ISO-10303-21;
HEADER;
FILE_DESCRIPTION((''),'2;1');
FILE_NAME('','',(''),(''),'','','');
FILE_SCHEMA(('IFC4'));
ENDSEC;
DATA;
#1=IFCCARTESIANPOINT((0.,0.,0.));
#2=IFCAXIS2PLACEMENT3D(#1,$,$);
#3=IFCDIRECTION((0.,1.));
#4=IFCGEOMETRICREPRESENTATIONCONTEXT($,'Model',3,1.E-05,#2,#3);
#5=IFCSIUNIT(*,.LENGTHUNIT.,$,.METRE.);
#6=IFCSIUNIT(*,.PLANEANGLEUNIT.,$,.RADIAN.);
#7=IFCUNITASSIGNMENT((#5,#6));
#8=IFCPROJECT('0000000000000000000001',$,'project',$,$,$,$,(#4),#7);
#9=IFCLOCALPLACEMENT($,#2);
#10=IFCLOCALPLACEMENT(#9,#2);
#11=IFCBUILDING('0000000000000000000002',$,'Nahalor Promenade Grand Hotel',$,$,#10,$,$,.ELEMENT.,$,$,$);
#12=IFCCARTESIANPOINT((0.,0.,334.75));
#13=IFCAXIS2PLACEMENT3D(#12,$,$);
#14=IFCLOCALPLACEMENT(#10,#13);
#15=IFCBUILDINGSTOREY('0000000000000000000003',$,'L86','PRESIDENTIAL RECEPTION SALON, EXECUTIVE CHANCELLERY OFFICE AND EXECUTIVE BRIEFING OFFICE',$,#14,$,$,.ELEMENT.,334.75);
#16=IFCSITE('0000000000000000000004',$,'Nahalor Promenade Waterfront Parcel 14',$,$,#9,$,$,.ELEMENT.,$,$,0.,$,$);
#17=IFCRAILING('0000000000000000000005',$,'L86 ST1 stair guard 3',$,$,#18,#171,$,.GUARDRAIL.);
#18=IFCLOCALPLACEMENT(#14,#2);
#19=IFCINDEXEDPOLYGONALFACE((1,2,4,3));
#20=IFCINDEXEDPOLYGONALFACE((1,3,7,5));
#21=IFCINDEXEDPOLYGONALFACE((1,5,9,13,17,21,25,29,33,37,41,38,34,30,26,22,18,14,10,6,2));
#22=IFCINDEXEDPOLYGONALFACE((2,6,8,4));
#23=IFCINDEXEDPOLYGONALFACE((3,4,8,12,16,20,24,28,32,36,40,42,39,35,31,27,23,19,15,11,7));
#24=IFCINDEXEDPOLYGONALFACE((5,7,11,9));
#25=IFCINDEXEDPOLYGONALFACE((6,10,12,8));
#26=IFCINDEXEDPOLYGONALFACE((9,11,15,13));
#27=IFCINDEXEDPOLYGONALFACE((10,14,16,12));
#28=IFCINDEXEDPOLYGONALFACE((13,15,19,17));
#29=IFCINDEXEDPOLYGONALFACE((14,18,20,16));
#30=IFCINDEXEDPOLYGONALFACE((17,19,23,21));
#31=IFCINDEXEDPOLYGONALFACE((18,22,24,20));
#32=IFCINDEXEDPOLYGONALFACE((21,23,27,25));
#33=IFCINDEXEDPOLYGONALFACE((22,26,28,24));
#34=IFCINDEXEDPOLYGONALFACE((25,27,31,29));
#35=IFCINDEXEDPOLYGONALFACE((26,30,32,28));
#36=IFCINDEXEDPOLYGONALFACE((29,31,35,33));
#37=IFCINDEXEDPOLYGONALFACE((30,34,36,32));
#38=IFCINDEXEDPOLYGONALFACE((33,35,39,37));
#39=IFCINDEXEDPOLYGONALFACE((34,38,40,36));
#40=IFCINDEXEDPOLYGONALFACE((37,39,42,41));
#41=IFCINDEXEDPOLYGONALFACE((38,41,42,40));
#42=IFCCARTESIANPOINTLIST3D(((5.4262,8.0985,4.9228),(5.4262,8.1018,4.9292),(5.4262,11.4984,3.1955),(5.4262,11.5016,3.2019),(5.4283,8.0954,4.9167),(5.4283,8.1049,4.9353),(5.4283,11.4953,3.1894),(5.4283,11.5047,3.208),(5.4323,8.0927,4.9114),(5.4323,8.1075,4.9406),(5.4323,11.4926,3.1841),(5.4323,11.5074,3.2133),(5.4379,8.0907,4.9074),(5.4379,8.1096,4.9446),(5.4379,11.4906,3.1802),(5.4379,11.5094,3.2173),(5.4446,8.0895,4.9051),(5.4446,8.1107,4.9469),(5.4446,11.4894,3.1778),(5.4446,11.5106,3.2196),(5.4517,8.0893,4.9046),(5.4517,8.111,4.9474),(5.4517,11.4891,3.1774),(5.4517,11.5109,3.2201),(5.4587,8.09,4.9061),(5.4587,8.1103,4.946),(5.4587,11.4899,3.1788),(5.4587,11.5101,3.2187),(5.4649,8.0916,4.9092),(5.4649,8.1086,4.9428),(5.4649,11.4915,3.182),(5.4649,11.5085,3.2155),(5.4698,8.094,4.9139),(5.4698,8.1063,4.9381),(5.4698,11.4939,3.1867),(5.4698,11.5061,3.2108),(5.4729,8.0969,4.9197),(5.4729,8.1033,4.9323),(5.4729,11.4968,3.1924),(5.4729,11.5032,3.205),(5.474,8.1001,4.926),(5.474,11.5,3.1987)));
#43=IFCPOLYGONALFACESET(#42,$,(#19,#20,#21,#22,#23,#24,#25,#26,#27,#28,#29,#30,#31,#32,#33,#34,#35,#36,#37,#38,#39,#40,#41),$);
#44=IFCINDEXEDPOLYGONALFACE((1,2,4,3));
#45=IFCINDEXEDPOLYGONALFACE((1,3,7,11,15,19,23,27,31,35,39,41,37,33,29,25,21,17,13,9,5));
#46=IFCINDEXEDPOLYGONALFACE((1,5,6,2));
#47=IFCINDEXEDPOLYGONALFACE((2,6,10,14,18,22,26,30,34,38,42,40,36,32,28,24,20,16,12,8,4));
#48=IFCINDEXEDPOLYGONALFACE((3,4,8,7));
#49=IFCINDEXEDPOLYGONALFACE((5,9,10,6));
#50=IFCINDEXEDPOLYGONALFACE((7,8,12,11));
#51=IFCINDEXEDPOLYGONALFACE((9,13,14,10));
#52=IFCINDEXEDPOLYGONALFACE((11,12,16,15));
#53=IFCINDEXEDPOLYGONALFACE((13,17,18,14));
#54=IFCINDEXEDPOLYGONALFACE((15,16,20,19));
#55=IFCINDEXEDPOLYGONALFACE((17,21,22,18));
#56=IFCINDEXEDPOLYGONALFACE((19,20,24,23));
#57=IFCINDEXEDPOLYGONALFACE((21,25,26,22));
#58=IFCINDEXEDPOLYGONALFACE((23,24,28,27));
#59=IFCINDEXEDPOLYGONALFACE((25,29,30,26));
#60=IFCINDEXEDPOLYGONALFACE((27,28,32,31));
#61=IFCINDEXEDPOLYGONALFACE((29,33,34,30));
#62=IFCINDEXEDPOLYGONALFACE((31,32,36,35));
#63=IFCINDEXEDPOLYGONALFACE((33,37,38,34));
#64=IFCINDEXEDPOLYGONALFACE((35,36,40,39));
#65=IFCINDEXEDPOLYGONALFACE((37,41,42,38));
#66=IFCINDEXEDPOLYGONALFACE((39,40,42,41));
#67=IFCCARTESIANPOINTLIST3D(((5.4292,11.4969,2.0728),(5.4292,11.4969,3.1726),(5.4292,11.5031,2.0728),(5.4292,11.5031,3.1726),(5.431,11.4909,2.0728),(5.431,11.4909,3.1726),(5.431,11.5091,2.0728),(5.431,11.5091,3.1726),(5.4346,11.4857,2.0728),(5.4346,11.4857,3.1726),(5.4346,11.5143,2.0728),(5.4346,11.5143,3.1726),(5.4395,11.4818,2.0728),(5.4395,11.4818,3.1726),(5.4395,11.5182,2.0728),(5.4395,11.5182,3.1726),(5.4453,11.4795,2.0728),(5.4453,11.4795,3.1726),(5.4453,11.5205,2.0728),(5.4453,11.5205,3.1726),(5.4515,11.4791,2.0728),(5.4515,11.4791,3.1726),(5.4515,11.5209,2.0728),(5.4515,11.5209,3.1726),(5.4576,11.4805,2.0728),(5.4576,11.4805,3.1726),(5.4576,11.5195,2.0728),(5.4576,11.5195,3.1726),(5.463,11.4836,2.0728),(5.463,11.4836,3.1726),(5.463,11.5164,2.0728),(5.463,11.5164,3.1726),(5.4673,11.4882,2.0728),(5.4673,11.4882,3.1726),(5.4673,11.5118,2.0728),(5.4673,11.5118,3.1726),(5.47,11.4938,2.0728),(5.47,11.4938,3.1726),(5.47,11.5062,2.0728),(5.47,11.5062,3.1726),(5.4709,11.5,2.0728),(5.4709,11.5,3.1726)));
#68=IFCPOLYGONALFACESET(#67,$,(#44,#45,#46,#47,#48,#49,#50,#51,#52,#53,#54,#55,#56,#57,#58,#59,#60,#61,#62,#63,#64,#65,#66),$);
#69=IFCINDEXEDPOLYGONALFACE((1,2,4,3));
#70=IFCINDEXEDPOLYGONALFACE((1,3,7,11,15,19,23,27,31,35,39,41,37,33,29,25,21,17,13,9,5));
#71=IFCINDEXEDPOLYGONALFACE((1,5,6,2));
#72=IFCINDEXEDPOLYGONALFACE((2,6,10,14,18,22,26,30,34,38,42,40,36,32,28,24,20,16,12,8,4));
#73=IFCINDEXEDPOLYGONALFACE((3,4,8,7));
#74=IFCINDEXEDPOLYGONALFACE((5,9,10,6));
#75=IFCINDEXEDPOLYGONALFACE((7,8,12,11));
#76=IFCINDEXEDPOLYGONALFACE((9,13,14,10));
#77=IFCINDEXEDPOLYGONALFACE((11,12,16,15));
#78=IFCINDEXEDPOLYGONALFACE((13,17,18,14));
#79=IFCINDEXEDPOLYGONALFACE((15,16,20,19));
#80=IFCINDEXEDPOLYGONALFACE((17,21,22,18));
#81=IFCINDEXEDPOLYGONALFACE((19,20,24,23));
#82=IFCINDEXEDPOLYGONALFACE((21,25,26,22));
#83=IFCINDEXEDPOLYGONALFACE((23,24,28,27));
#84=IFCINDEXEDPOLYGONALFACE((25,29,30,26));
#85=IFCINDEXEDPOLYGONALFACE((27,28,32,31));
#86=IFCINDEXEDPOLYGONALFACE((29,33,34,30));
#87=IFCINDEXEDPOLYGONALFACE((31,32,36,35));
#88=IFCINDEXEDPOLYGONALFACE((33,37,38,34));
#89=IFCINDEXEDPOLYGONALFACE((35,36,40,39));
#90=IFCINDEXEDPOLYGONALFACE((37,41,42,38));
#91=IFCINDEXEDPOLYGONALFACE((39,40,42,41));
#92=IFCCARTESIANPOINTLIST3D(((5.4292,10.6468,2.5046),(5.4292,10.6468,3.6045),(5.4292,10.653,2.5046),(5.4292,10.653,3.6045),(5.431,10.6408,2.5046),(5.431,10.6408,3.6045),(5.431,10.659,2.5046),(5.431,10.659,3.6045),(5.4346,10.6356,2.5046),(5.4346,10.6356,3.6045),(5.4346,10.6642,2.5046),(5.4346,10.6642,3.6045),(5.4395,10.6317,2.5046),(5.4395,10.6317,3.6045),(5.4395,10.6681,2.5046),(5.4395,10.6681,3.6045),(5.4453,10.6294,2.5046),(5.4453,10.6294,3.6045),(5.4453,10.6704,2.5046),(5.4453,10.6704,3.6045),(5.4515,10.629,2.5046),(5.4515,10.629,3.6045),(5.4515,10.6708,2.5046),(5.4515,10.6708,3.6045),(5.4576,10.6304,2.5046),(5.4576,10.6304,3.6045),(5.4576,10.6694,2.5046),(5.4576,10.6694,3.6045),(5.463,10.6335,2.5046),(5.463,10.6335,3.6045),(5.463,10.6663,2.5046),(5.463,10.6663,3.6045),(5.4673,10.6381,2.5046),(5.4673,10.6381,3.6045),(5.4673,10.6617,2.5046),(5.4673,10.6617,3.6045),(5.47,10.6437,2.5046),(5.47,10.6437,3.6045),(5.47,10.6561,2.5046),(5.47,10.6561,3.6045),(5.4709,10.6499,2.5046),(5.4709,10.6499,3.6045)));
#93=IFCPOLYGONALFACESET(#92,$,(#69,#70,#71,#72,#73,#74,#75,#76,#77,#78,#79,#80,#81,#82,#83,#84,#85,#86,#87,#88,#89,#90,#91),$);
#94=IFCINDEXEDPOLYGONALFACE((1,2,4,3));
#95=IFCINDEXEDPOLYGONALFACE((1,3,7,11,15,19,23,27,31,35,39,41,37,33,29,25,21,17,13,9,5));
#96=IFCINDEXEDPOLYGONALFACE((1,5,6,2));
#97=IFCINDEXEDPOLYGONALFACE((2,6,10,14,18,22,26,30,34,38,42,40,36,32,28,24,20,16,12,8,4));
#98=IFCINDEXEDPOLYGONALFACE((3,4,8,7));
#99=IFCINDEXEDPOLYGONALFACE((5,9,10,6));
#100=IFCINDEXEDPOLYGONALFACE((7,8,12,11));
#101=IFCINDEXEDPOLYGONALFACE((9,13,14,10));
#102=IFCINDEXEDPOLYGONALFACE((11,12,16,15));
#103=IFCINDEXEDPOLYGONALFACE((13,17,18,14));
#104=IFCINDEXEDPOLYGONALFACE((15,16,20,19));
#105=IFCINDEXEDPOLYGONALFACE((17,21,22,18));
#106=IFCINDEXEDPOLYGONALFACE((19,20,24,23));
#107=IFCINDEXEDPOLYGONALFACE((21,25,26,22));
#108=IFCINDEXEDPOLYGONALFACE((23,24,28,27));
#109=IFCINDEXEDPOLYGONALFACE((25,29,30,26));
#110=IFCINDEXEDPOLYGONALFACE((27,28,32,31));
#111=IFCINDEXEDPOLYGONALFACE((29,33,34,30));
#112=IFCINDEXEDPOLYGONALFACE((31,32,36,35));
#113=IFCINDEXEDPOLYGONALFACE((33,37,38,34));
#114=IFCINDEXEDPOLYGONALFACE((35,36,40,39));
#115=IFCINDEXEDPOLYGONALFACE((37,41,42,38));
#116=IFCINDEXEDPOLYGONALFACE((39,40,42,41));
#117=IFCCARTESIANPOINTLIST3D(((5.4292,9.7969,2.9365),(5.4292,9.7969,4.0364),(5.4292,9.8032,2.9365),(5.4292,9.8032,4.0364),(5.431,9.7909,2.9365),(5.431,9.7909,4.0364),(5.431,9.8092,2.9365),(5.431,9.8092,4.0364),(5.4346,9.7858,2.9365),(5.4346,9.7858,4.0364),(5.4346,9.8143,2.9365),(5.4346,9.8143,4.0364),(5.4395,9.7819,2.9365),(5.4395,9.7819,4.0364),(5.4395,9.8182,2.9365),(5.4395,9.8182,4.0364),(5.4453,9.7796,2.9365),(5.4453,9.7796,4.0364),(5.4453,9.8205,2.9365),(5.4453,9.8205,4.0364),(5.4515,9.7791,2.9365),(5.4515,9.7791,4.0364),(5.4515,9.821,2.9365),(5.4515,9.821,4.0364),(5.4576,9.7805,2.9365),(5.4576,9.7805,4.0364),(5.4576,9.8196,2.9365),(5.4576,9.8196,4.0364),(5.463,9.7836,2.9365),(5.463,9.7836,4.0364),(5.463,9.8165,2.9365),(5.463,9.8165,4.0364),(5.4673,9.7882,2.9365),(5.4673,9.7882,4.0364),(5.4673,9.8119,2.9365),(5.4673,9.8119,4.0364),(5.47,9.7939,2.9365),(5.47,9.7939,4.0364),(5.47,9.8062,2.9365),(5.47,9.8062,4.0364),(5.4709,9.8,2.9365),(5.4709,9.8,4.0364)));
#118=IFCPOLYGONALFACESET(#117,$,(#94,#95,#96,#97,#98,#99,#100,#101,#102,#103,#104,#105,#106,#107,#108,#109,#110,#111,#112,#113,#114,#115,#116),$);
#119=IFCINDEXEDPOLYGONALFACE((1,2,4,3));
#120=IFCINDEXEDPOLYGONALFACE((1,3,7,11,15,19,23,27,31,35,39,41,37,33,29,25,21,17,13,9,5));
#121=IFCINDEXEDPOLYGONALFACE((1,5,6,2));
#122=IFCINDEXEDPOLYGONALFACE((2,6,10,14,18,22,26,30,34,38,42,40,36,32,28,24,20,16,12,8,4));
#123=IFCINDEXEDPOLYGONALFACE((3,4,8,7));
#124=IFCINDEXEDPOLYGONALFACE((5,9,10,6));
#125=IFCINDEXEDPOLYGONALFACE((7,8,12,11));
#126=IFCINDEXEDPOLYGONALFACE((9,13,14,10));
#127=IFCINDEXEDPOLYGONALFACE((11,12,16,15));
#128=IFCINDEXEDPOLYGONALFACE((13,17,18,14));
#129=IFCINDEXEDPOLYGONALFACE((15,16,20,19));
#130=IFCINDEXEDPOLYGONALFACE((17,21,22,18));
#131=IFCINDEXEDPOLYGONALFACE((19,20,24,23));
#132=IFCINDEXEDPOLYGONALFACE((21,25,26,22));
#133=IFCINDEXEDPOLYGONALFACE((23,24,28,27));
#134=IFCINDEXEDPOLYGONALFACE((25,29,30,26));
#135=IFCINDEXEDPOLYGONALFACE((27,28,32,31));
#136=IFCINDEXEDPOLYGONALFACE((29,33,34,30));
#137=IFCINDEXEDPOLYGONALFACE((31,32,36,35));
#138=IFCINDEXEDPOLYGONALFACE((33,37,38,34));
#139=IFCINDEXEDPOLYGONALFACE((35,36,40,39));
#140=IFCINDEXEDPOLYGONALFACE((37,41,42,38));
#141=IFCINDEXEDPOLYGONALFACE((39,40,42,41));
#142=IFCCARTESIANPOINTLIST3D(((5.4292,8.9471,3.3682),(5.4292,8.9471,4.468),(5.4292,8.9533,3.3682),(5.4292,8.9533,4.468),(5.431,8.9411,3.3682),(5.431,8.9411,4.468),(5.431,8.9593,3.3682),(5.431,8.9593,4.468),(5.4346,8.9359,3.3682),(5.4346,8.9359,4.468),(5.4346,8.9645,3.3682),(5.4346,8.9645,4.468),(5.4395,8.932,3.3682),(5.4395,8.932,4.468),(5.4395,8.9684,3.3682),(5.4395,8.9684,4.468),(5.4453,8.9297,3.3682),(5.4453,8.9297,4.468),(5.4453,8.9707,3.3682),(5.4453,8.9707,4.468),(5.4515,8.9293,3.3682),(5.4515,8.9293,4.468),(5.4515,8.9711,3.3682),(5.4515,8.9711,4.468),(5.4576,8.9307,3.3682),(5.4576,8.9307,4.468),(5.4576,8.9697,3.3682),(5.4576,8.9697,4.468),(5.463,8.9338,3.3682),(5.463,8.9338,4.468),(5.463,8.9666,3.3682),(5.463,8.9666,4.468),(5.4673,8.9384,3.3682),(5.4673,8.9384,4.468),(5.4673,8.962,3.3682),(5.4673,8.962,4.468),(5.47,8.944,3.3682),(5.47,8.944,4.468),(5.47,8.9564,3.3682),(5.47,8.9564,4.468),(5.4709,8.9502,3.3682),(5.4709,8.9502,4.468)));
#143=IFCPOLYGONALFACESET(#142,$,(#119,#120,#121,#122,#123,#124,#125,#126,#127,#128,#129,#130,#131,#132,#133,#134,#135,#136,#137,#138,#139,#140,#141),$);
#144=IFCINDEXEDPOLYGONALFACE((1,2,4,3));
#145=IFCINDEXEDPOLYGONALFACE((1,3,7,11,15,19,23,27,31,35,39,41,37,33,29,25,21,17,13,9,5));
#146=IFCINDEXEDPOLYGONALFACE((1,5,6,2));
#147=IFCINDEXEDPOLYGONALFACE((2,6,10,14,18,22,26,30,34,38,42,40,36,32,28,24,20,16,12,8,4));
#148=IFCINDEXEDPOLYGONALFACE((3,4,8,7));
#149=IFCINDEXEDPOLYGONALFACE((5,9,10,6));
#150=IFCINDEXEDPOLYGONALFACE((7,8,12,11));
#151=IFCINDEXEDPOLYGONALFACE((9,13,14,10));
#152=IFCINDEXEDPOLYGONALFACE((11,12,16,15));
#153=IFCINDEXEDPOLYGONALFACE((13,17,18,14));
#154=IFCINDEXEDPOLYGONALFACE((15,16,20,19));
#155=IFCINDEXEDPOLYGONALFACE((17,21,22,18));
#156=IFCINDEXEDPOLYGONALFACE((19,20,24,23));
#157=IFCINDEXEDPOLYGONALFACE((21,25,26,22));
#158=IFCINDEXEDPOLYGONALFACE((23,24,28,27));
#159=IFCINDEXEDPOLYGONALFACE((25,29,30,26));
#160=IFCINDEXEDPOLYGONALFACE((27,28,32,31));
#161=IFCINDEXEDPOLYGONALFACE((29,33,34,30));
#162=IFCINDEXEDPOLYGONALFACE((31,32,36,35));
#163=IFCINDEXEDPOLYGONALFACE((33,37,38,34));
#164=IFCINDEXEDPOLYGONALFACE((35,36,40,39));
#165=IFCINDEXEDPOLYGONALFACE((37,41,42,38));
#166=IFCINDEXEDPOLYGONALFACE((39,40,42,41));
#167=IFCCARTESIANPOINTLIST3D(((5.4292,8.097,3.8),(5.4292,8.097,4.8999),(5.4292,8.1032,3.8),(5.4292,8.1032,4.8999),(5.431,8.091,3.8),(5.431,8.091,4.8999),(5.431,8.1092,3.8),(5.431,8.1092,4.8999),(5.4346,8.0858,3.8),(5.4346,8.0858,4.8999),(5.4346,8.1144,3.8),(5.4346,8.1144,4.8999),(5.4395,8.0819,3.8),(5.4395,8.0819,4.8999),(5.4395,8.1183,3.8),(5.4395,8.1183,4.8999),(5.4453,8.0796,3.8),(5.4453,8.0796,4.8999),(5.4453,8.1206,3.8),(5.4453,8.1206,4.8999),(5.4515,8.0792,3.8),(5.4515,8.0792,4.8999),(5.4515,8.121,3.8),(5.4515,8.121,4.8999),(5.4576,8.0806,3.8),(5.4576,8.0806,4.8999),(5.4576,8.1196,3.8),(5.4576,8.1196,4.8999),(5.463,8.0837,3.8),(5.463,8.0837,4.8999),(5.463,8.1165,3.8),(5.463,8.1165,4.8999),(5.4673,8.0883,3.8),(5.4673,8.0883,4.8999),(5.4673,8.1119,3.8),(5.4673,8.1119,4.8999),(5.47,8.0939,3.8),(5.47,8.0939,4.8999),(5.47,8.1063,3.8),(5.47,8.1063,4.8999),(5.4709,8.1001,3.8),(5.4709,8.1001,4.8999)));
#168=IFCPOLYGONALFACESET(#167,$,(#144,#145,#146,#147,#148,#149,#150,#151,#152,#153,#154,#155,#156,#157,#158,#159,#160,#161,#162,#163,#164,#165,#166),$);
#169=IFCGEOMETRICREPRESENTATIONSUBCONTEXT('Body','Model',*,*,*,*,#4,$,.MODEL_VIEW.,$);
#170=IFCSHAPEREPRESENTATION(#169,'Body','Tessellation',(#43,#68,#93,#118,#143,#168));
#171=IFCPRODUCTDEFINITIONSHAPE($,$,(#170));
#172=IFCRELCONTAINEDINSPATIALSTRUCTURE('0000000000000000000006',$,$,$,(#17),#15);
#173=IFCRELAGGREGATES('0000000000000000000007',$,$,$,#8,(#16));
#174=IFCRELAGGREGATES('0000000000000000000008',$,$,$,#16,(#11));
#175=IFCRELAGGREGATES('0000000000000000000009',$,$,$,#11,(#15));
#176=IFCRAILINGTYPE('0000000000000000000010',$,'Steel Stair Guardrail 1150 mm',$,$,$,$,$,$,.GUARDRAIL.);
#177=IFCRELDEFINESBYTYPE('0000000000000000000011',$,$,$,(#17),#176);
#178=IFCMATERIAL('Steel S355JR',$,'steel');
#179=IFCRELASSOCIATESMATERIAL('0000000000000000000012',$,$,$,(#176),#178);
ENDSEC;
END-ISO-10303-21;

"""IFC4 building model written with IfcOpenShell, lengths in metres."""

from ifc_helpers import new_model, si_unit, direction, frame, origin, origin_2d, place, context, subcontext, project, spatial, circle, extrude, material, type_object, element, save


model = new_model("IFC4")

# Units and contexts
model_context = context("Model", 3, precision=1e-05, world=origin(), true_north=direction((0.0, 1.0)))
body_context = subcontext(model_context, "Body", "Model", "MODEL_VIEW")
ifc_project = project(units=[si_unit("LENGTHUNIT", "METRE"), si_unit("PLANEANGLEUNIT", "RADIAN")], contexts=[model_context])

# Site, building, storey
site_placement = place(None, origin())
site = spatial("IfcSite", under=ifc_project, at=site_placement, Name="Nahalor Promenade Waterfront Parcel 14", CompositionType="ELEMENT", RefElevation=0.0)
building_placement = place(site_placement, origin())
building = spatial("IfcBuilding", under=site, at=building_placement, Name="Nahalor Promenade Grand Hotel", CompositionType="ELEMENT")
storey_placement = place(building_placement, frame((0.0, 0.0, 334.75)))
storey = spatial("IfcBuildingStorey", under=building, at=storey_placement, Name="L86", Description="PRESIDENTIAL RECEPTION SALON, EXECUTIVE CHANCELLERY OFFICE AND EXECUTIVE BRIEFING OFFICE", CompositionType="ELEMENT", Elevation=334.75)

# Shared definitions
ifc_material_1 = material(Name="Steel S355JR", Category="steel")

# Railing
railing_type = type_object("IfcRailingType", Name="Steel Stair Guardrail 1150 mm", PredefinedType="GUARDRAIL", material=ifc_material_1)
railing_1_placement = place(storey_placement, frame((5.45, 11.5, 2.0728)))
element("IfcRailing", 1, at=railing_1_placement, inside=storey, type_object=railing_type, Name="L86 ST1 stair guard 3", PredefinedType="GUARDRAIL", context=body_context, shape_type="SweptSolid", body=[
    extrude(circle(Radius=0.024, at=origin_2d()), frame((0.0, 0.0, 1.126), z_axis=(0.0, -0.891541, 0.452941), x_axis=(1.0, 0.0, 0.0)), (0.0, 0.0, 1.0), 3.8135),
    extrude(circle(Radius=0.021, at=origin_2d()), origin(), (0.0, 0.0, 1.0), 1.0999),
    extrude(circle(Radius=0.021, at=origin_2d()), frame((0.0, -0.8501, 0.4319)), (0.0, 0.0, 1.0), 1.0999),
    extrude(circle(Radius=0.021, at=origin_2d()), frame((0.0, -1.7, 0.8638)), (0.0, 0.0, 1.0), 1.0999),
    extrude(circle(Radius=0.021, at=origin_2d()), frame((0.0, -2.5498, 1.2954)), (0.0, 0.0, 1.0), 1.0999),
    extrude(circle(Radius=0.021, at=origin_2d()), frame((0.0, -3.3999, 1.7273)), (0.0, 0.0, 1.0), 1.0999),
])

save(model, "model.ifc")
